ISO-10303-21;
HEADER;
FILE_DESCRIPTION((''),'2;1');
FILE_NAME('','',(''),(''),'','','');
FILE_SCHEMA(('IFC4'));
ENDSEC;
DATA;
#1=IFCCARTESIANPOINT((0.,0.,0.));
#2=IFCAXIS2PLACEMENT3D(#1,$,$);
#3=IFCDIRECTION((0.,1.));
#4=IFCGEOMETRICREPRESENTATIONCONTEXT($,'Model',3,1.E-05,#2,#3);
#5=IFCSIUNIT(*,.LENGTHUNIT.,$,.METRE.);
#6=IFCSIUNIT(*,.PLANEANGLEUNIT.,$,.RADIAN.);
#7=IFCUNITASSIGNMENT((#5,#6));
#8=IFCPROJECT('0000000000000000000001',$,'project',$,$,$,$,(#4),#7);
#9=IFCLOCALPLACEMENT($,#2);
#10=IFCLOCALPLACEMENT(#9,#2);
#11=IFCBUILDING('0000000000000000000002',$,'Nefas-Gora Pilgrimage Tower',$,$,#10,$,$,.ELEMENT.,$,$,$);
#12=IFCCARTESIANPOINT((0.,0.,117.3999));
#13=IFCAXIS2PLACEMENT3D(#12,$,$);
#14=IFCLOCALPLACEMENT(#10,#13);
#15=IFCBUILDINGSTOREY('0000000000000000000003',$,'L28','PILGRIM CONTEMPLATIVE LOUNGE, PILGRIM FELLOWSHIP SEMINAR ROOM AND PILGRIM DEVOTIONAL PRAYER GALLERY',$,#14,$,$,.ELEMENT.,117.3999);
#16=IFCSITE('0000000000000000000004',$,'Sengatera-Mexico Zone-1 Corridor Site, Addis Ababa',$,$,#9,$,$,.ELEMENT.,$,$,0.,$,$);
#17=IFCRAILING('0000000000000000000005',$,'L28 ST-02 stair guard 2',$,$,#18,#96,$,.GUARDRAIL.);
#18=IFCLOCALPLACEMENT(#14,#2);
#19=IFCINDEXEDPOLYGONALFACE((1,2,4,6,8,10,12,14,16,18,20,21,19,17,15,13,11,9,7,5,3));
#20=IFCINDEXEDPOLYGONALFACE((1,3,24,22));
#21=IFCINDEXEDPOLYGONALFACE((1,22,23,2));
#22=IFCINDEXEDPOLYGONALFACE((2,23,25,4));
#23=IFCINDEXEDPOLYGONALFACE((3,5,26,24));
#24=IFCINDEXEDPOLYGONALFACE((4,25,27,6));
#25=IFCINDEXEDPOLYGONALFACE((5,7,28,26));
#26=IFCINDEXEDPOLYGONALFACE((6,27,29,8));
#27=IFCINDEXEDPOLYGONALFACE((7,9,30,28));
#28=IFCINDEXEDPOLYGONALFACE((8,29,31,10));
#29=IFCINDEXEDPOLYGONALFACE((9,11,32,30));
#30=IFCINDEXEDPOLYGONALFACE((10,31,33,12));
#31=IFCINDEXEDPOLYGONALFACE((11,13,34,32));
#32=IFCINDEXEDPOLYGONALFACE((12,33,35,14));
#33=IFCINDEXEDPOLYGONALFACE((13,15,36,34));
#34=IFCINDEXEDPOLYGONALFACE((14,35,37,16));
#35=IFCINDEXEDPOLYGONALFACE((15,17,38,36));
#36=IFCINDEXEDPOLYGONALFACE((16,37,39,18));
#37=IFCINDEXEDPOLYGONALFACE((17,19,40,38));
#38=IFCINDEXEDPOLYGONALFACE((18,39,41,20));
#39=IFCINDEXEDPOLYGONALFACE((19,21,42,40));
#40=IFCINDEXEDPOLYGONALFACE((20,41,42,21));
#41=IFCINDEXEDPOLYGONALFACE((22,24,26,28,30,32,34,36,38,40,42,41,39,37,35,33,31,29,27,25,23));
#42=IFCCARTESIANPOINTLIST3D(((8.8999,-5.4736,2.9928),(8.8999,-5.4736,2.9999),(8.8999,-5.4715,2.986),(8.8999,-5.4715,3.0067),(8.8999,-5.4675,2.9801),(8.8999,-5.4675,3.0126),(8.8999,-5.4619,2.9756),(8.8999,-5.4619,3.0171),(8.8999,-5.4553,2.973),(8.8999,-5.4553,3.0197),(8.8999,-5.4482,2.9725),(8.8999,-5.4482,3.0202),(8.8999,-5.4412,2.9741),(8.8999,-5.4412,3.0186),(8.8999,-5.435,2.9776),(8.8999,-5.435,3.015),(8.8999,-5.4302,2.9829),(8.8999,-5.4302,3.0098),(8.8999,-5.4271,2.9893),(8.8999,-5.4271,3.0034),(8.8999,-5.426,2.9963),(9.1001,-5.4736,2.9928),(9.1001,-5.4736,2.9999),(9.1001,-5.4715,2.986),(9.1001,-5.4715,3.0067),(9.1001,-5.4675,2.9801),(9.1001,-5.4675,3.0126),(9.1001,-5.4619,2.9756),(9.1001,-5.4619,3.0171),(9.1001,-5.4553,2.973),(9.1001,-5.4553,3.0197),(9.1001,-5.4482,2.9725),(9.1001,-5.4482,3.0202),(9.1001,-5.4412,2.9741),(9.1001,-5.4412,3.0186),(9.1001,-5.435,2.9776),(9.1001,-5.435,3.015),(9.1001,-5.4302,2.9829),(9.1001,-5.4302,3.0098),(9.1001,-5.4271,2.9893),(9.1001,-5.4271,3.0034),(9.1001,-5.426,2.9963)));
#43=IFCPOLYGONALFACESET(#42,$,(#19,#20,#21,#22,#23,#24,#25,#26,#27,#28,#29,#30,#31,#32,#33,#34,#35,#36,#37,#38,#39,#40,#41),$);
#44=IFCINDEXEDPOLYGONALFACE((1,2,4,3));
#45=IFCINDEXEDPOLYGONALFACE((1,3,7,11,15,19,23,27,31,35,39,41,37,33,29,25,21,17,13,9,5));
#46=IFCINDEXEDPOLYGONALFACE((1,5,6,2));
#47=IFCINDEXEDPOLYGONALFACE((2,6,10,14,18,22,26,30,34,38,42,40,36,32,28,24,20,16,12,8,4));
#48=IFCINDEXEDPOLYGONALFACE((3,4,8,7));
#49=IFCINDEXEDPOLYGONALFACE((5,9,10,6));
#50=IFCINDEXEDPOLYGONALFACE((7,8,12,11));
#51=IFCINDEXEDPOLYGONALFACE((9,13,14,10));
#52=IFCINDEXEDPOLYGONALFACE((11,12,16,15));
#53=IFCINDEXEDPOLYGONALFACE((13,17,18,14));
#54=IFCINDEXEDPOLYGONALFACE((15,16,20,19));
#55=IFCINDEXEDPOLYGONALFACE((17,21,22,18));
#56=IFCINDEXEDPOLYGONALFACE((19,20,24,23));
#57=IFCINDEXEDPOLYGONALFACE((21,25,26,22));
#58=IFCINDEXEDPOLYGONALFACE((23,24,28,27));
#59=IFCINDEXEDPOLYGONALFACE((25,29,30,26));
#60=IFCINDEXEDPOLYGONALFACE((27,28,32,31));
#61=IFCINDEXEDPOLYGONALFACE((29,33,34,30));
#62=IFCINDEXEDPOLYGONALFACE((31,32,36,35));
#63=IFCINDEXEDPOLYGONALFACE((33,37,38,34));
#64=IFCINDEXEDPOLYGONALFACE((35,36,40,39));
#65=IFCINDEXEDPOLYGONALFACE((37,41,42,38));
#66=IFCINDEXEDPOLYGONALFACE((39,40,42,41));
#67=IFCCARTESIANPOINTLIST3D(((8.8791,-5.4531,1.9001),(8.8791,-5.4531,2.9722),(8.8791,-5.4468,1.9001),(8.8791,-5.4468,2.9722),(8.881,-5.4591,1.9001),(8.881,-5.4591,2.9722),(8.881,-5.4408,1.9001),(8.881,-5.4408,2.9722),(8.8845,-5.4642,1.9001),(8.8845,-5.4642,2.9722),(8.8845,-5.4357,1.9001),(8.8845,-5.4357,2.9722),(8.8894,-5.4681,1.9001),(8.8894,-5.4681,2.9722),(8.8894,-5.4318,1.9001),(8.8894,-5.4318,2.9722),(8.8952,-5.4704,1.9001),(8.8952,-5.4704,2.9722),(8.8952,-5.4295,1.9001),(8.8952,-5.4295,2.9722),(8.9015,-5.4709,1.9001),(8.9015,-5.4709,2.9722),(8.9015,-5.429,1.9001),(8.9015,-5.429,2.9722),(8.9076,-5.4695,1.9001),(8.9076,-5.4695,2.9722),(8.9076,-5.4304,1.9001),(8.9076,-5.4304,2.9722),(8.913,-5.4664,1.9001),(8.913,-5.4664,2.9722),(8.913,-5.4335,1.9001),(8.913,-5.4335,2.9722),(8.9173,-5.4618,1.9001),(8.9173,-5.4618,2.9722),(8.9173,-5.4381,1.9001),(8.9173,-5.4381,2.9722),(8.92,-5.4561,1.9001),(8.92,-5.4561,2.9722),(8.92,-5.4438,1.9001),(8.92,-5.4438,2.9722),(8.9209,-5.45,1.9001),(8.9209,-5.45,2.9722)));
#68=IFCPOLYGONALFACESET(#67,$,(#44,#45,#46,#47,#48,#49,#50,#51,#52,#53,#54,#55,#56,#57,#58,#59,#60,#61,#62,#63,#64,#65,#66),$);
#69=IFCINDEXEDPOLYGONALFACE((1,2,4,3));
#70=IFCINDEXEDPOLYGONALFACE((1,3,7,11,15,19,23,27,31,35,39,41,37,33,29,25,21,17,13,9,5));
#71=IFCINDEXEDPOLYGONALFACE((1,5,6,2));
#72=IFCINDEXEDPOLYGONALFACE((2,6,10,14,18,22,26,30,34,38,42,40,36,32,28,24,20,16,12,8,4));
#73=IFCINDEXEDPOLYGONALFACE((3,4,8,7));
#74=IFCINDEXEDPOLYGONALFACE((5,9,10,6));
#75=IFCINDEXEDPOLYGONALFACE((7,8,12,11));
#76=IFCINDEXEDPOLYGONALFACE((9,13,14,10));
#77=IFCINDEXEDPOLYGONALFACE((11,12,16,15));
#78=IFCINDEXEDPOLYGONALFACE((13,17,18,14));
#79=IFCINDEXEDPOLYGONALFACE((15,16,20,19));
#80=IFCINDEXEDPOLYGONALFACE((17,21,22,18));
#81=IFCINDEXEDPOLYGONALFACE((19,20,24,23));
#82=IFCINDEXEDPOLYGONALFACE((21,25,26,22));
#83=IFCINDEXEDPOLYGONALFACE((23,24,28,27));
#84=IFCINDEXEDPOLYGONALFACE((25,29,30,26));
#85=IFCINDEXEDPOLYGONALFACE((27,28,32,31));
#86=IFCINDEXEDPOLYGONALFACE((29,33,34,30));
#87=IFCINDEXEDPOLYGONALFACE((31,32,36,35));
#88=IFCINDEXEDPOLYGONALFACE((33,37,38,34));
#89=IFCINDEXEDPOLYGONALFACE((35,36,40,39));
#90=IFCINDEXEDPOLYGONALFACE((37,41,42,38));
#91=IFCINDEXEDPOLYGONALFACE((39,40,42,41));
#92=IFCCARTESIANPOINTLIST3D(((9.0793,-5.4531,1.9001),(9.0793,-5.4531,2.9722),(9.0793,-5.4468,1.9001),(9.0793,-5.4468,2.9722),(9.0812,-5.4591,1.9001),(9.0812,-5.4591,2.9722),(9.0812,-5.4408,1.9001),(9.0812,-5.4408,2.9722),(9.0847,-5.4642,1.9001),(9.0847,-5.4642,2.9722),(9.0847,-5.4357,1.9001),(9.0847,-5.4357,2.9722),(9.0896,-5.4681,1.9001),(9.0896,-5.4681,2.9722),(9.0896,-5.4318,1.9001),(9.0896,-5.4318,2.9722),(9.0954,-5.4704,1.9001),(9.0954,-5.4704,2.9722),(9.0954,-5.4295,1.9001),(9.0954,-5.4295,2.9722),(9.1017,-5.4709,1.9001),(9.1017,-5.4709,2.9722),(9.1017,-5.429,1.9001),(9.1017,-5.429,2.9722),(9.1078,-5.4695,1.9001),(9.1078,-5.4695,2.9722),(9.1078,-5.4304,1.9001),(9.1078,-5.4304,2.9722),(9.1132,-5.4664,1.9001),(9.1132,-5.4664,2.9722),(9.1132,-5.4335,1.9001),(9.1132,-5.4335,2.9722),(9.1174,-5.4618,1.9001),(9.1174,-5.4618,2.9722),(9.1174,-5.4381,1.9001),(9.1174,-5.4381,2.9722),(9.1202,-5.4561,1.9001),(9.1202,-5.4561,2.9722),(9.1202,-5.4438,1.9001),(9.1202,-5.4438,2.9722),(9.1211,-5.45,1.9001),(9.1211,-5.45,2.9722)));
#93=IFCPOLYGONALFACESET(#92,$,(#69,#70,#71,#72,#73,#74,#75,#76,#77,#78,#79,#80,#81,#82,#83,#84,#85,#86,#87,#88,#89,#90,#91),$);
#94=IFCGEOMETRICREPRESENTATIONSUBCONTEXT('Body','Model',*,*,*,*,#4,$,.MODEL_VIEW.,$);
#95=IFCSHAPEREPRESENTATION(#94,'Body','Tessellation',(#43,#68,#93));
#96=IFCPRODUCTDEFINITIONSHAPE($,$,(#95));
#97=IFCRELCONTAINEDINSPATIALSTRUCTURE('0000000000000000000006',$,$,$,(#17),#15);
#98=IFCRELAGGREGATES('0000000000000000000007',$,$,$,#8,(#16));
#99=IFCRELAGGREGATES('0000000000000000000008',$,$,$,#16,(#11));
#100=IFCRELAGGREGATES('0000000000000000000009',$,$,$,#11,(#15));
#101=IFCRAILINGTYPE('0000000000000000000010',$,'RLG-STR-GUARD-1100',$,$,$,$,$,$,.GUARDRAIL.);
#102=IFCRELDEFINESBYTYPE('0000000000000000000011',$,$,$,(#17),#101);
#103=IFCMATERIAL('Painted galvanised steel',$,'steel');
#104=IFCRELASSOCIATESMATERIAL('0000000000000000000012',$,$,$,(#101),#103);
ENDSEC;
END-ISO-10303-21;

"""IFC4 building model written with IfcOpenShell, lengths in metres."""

from ifc_helpers import new_model, si_unit, direction, frame, origin, origin_2d, place, context, subcontext, project, spatial, circle, extrude, material, type_object, element, save


model = new_model("IFC4")

# Units and contexts
model_context = context("Model", 3, precision=1e-05, world=origin(), true_north=direction((0.0, 1.0)))
body_context = subcontext(model_context, "Body", "Model", "MODEL_VIEW")
ifc_project = project(units=[si_unit("LENGTHUNIT", "METRE"), si_unit("PLANEANGLEUNIT", "RADIAN")], contexts=[model_context])

# Site, building, storey
site_placement = place(None, origin())
site = spatial("IfcSite", under=ifc_project, at=site_placement, Name="Sengatera-Mexico Zone-1 Corridor Site, Addis Ababa", CompositionType="ELEMENT", RefElevation=0.0)
building_placement = place(site_placement, origin())
building = spatial("IfcBuilding", under=site, at=building_placement, Name="Nefas-Gora Pilgrimage Tower", CompositionType="ELEMENT")
storey_placement = place(building_placement, frame((0.0, 0.0, 117.3999)))
storey = spatial("IfcBuildingStorey", under=building, at=storey_placement, Name="L28", Description="PILGRIM CONTEMPLATIVE LOUNGE, PILGRIM FELLOWSHIP SEMINAR ROOM AND PILGRIM DEVOTIONAL PRAYER GALLERY", CompositionType="ELEMENT", Elevation=117.3999)

# Railing
ifc_material_1 = material(Name="Painted galvanised steel", Category="steel")
railing_type_1 = type_object("IfcRailingType", Name="RLG-STR-GUARD-1100", PredefinedType="GUARDRAIL", material=ifc_material_1)
railing_1_placement = place(storey_placement, frame((8.8999, -5.45, 1.9001)))
element("IfcRailing", 1, at=railing_1_placement, inside=storey, type_object=railing_type_1, Name="L28 ST-02 stair guard 2", PredefinedType="GUARDRAIL", context=body_context, shape_type="SweptSolid", body=[
    extrude(circle(Radius=0.0239, at=origin_2d()), frame((0.0, 0.0, 1.0962), z_axis=(1.0, 0.0, 0.0), x_axis=(0.0, 1.0, 0.0)), (0.0, 0.0, 1.0), 0.2002),
    extrude(circle(Radius=0.021, at=origin_2d()), origin(), (0.0, 0.0, 1.0), 1.072),
    extrude(circle(Radius=0.021, at=origin_2d()), frame((0.2002, 0.0, 0.0)), (0.0, 0.0, 1.0), 1.072),
])

save(model, "model.ifc")
